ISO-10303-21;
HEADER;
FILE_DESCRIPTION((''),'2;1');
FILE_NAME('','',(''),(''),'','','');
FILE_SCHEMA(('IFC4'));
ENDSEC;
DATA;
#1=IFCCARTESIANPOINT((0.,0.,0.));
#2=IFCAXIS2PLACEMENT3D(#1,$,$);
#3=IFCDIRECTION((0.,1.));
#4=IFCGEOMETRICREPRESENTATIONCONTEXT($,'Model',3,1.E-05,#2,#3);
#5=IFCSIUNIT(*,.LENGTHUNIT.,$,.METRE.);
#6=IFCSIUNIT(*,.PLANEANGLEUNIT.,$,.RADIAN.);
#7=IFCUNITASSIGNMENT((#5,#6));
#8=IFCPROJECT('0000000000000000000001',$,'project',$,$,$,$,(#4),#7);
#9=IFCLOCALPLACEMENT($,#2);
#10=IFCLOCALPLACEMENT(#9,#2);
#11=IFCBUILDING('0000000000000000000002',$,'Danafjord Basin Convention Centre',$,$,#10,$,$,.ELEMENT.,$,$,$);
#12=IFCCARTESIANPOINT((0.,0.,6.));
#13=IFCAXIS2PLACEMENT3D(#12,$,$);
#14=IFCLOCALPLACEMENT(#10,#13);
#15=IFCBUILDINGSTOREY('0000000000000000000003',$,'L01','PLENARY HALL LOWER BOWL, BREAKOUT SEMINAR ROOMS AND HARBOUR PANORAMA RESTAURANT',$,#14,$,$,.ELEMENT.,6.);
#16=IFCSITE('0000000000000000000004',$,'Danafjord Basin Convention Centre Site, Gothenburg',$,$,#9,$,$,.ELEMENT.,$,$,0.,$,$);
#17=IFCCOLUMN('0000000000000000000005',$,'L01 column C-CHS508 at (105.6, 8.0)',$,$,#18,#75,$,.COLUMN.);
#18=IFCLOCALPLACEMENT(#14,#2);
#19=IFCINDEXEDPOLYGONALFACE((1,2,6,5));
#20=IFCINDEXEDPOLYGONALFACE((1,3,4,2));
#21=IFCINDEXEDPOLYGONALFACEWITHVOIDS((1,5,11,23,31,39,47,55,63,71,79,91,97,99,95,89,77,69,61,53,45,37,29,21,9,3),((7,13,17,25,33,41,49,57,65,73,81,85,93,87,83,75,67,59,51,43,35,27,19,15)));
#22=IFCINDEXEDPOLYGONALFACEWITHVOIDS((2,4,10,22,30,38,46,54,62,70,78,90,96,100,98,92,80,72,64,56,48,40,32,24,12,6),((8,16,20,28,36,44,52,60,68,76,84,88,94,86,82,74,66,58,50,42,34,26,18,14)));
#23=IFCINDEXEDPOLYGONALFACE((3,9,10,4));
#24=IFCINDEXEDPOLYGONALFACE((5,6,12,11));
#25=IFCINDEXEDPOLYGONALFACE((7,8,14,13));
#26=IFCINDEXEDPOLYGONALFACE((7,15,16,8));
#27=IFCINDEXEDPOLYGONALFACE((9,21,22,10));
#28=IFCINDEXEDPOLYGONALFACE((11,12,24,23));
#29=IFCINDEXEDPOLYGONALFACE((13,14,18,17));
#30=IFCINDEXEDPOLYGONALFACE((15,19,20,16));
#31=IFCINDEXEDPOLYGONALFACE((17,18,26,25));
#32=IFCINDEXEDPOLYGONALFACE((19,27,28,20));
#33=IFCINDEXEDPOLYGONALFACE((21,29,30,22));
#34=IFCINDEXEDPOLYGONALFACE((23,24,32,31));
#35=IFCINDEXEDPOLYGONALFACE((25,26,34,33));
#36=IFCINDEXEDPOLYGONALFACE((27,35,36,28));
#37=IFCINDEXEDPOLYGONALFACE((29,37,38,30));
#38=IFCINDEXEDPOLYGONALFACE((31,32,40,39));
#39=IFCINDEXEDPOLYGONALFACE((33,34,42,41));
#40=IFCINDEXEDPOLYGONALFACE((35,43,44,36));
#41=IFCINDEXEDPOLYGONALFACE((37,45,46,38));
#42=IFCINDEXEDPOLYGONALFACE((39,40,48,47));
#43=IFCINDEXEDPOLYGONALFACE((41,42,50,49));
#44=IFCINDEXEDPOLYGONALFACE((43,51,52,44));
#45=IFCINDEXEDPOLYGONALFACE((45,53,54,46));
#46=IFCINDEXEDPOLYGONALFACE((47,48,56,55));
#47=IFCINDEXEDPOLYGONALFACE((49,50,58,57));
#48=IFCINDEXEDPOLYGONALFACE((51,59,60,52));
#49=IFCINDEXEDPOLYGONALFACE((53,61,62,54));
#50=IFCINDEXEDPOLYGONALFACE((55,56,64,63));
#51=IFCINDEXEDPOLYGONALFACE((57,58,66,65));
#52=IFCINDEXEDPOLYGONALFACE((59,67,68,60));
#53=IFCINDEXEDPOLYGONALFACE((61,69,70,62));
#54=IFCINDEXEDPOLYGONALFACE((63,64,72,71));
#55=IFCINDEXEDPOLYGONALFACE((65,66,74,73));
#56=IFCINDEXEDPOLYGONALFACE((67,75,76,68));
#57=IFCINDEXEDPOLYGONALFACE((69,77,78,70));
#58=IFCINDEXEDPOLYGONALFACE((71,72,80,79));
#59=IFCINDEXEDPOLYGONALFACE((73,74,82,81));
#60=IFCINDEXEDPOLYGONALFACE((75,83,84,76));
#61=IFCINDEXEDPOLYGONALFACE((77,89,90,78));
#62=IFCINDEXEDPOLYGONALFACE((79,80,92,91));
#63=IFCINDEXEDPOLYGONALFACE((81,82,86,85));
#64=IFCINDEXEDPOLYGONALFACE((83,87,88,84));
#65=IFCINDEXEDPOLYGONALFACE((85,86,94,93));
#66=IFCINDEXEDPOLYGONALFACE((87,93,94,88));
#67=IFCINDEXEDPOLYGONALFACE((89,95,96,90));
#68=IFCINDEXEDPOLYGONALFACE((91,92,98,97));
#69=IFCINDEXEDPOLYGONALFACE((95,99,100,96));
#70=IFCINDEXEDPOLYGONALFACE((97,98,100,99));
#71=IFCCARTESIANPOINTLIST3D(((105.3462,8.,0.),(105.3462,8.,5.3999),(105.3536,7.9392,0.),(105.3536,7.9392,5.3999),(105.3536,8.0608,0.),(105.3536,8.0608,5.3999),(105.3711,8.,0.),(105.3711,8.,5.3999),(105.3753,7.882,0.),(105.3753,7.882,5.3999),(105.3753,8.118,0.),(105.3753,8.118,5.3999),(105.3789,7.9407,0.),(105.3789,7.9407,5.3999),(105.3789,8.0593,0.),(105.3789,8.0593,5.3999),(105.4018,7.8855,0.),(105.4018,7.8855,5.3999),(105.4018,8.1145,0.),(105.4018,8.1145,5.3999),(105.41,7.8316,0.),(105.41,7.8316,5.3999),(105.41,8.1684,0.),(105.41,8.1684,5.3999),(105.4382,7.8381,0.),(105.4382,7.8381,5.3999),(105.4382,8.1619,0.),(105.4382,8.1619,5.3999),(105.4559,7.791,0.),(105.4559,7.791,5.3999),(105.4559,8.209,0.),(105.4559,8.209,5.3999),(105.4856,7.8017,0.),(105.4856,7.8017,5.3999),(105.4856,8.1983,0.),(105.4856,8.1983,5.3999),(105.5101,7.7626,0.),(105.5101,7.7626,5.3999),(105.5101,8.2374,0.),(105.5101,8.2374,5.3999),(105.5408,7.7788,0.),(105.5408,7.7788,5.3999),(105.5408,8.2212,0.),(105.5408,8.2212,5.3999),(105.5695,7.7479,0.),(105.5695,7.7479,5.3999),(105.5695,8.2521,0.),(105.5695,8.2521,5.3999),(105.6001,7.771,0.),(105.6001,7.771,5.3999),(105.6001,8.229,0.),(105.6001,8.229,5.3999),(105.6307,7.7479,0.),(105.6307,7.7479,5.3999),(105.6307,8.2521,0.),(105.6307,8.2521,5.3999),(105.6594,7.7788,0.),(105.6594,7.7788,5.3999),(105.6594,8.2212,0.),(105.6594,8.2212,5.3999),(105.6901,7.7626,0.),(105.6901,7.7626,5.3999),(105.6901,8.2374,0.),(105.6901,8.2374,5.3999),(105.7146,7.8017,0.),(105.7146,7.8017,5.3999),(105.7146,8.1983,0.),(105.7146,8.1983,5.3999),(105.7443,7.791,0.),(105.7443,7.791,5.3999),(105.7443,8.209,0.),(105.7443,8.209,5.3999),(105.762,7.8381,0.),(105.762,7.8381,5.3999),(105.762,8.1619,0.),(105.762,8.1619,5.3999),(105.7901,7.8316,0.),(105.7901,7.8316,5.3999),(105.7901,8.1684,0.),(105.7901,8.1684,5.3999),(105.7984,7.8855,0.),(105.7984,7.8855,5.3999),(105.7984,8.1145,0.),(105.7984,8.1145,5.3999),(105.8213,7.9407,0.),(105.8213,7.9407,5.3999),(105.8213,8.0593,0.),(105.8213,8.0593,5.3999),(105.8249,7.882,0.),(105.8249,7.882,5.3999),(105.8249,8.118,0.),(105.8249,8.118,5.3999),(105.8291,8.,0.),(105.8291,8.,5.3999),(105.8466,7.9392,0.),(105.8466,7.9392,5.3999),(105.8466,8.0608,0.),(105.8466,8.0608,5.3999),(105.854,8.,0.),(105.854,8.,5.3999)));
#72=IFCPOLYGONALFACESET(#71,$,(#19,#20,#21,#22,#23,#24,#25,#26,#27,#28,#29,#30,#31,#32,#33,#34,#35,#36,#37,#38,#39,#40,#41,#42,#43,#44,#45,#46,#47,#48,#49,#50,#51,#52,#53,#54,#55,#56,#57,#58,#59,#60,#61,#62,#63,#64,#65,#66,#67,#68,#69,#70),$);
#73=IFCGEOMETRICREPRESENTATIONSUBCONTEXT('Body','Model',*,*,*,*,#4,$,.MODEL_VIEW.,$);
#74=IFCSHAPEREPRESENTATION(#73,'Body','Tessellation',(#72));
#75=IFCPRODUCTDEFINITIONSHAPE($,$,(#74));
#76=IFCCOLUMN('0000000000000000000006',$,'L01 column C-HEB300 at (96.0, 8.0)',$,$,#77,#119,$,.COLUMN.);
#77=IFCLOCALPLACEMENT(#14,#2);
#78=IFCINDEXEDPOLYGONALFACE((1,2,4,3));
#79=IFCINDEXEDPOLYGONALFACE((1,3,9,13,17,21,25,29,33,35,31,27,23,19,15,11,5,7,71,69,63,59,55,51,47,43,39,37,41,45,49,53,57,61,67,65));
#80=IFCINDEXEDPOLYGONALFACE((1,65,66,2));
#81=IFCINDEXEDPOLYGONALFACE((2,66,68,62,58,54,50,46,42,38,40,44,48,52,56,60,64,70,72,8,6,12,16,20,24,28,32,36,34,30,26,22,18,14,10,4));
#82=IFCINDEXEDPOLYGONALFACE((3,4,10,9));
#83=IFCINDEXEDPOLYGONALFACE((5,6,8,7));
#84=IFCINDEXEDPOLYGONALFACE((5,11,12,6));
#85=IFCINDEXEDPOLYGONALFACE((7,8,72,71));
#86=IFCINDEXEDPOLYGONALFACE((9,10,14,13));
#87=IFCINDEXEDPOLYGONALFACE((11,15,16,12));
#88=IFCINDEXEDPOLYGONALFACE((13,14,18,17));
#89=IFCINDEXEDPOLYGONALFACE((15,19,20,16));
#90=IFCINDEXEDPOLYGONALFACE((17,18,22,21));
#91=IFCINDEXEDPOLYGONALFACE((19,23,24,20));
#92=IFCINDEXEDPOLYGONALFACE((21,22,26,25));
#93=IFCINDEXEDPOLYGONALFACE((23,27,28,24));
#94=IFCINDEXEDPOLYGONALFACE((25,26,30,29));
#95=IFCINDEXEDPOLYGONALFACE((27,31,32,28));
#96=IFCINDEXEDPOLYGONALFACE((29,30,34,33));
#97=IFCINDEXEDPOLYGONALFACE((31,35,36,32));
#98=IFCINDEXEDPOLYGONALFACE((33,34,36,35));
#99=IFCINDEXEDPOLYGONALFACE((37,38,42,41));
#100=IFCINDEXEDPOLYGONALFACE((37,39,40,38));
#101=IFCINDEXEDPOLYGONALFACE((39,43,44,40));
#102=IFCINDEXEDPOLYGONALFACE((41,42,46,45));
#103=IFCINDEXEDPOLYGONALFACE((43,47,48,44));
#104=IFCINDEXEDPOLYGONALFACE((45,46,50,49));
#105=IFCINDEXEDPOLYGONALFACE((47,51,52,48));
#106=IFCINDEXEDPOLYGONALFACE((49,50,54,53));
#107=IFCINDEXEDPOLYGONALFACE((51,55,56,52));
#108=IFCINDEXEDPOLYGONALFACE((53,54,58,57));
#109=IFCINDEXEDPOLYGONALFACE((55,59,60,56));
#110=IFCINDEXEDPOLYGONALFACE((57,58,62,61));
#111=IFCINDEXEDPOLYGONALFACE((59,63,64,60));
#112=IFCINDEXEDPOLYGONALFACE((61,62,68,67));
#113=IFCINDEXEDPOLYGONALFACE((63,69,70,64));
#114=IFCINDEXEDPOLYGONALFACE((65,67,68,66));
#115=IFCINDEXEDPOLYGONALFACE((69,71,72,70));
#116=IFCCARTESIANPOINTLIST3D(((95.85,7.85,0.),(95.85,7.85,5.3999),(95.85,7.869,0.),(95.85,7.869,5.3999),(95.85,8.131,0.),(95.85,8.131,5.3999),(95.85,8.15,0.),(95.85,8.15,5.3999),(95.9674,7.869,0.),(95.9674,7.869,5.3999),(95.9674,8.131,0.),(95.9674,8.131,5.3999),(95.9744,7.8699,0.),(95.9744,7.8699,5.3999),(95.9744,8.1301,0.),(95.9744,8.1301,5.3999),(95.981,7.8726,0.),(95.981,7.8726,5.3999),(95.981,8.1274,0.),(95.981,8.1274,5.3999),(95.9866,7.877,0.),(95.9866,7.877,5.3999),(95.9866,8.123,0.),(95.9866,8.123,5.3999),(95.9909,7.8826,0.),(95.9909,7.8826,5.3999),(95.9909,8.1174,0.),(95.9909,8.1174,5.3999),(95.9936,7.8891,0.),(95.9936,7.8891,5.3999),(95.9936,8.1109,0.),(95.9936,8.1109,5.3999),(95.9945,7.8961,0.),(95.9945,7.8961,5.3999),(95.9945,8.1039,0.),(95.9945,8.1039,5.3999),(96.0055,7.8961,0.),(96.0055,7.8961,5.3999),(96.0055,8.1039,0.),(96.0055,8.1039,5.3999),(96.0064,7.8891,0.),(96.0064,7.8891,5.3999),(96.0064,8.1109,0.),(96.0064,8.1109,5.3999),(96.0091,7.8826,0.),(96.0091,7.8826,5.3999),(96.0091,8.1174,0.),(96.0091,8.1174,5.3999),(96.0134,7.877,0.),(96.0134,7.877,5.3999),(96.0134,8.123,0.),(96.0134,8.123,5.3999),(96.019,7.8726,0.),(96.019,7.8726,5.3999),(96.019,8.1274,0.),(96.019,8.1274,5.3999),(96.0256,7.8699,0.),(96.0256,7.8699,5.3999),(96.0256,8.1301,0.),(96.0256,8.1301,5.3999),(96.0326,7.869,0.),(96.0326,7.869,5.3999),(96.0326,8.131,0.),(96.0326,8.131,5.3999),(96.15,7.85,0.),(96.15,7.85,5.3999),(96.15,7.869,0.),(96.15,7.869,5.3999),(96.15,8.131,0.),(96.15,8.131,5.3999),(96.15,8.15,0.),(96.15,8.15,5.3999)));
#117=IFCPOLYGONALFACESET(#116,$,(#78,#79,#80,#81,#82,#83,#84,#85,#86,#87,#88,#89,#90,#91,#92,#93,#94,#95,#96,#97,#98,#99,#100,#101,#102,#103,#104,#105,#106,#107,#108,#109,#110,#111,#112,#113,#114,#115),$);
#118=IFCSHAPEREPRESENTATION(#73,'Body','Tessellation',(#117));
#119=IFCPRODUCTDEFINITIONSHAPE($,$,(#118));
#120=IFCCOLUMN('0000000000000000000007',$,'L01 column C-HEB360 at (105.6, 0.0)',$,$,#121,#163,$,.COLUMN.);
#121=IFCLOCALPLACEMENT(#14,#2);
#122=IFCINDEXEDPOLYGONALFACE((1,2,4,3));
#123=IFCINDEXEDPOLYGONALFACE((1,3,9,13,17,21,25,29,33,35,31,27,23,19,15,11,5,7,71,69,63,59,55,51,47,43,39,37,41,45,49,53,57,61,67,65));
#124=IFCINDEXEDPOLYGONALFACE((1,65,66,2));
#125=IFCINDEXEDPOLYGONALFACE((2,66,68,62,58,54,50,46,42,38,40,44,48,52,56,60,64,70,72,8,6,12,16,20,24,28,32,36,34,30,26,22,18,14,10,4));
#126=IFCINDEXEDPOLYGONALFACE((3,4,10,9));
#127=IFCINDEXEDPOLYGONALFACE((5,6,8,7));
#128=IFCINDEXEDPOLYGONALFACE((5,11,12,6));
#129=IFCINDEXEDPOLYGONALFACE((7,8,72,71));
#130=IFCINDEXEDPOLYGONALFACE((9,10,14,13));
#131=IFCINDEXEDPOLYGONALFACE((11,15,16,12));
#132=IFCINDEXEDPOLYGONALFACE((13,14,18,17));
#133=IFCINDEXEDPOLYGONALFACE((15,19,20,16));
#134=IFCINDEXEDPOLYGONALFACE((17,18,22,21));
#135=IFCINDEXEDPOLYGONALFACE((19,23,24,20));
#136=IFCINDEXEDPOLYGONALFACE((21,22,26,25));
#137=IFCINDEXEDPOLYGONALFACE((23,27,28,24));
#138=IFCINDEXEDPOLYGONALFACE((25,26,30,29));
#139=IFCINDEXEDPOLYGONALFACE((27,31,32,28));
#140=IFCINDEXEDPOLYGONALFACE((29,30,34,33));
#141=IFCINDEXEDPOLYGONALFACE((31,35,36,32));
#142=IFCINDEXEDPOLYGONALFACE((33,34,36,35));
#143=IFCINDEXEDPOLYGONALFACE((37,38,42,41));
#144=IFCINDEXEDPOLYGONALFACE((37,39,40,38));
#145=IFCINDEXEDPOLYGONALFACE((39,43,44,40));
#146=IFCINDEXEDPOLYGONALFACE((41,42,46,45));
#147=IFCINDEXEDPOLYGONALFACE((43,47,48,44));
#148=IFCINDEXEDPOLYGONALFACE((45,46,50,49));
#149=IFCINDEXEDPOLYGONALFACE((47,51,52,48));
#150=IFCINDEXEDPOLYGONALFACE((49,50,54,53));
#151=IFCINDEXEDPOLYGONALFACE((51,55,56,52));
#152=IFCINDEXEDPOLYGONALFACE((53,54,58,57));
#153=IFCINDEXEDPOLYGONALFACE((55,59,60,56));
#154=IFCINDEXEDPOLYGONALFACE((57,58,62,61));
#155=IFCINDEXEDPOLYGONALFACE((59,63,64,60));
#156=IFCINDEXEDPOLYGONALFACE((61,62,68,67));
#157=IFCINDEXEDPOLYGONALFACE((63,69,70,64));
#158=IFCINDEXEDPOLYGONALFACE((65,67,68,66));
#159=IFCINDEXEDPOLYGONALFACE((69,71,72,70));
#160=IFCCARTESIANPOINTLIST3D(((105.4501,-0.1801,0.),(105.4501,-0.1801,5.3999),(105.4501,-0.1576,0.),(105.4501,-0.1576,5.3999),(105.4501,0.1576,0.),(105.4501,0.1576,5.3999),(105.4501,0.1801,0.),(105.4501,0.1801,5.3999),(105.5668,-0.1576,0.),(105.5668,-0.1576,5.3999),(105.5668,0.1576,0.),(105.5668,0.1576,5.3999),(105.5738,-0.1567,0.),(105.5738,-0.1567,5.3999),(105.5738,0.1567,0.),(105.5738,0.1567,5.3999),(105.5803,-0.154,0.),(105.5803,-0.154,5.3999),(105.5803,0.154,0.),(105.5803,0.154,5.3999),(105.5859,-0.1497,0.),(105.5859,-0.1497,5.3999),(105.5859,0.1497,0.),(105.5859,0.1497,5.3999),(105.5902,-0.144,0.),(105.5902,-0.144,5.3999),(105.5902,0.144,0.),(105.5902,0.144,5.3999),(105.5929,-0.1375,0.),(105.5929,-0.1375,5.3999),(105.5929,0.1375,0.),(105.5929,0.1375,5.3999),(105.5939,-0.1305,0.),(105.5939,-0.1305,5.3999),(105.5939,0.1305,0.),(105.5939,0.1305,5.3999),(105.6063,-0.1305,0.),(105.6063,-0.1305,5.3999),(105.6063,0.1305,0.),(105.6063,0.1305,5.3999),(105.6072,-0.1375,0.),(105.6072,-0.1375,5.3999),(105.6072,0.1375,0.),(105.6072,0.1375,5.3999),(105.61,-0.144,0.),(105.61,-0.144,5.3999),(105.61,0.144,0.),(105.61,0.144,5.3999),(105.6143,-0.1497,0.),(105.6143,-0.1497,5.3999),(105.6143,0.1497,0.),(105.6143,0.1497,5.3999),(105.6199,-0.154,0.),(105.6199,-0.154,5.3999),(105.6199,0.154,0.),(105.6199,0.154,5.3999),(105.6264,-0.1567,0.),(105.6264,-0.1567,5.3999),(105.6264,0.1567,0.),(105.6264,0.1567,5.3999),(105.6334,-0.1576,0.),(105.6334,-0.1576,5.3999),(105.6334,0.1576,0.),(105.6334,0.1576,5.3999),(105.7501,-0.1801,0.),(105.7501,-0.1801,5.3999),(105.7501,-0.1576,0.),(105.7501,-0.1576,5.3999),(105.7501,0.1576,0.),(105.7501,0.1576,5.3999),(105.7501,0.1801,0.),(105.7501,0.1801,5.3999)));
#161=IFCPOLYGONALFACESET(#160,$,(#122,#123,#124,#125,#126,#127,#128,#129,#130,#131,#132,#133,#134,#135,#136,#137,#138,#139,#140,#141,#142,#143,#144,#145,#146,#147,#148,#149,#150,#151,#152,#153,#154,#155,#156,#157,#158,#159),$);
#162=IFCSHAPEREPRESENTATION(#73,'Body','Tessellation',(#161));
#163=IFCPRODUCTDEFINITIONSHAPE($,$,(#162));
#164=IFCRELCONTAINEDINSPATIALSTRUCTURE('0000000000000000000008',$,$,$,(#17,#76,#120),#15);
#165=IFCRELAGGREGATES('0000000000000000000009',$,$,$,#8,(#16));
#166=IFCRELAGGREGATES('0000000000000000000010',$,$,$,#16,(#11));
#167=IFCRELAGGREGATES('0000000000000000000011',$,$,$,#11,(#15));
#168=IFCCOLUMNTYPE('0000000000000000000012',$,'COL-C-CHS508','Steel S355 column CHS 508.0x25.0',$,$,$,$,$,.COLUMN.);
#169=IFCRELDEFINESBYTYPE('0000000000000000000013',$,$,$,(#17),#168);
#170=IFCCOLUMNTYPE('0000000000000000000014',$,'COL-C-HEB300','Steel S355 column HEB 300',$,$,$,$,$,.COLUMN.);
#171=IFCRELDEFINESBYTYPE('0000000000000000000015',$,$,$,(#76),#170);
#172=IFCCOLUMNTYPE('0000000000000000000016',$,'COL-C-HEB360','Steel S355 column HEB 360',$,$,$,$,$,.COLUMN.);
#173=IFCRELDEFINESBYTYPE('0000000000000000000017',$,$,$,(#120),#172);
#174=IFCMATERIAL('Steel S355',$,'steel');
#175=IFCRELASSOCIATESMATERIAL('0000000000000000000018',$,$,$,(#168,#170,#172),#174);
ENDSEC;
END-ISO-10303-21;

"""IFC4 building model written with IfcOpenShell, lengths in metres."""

from ifc_helpers import new_model, si_unit, direction, frame, origin, origin_2d, place, context, subcontext, project, spatial, hollow_circle, i_section, extrude, material, material_profile, profile_set, type_object, element, save


model = new_model("IFC4")

# Units and contexts
model_context = context("Model", 3, precision=1e-05, world=origin(), true_north=direction((0.0, 1.0)))
body_context = subcontext(model_context, "Body", "Model", "MODEL_VIEW")
ifc_project = project(units=[si_unit("LENGTHUNIT", "METRE"), si_unit("PLANEANGLEUNIT", "RADIAN")], contexts=[model_context])

# Site, building, storey
site_placement = place(None, origin())
site = spatial("IfcSite", under=ifc_project, at=site_placement, Name="Danafjord Basin Convention Centre Site, Gothenburg", CompositionType="ELEMENT", RefElevation=0.0)
building_placement = place(site_placement, origin())
building = spatial("IfcBuilding", under=site, at=building_placement, Name="Danafjord Basin Convention Centre", CompositionType="ELEMENT")
storey_placement = place(building_placement, frame((0.0, 0.0, 6.0)))
storey = spatial("IfcBuildingStorey", under=building, at=storey_placement, Name="L01", Description="PLENARY HALL LOWER BOWL, BREAKOUT SEMINAR ROOMS AND HARBOUR PANORAMA RESTAURANT", CompositionType="ELEMENT", Elevation=6.0)

# Columns
ifc_material_1 = material(Name="Steel S355", Category="steel")
ifc_material_profile_1 = material_profile(ifc_material_1, hollow_circle(Radius=0.2539, WallThickness=0.0249, at=origin_2d()), Name="CHS 508.0x25.0")
ifc_profile_set_1 = profile_set([ifc_material_profile_1], Name="Steel S355")
column_type_1 = type_object("IfcColumnType", Name="COL-C-CHS508", Description="Steel S355 column CHS 508.0x25.0", PredefinedType="COLUMN", material=ifc_profile_set_1)
column_1_placement = place(storey_placement, frame((105.6001, 8.0, 0.0), z_axis=(0.0, 0.0, 1.0), x_axis=(1.0, 0.0, 0.0)))
element("IfcColumn", 1, at=column_1_placement, inside=storey, type_object=column_type_1, Name="L01 column C-CHS508 at (105.6, 8.0)", PredefinedType="COLUMN", context=body_context, shape_type="SweptSolid", body=[
    extrude(hollow_circle(Radius=0.2539, WallThickness=0.0249, at=origin_2d()), origin(), (0.0, 0.0, 1.0), 5.3999),
])
ifc_material_profile_2 = material_profile(ifc_material_1, i_section(OverallWidth=0.3, OverallDepth=0.3, WebThickness=0.011, FlangeThickness=0.019, FilletRadius=0.0271, at=origin_2d()), Name="HEB 300")
ifc_profile_set_2 = profile_set([ifc_material_profile_2], Name="Steel S355")
column_type_2 = type_object("IfcColumnType", Name="COL-C-HEB300", Description="Steel S355 column HEB 300", PredefinedType="COLUMN", material=ifc_profile_set_2)
column_2_placement = place(storey_placement, frame((96.0, 8.0, 0.0), z_axis=(0.0, 0.0, 1.0), x_axis=(1.0, 0.0, 0.0)))
element("IfcColumn", 2, at=column_2_placement, inside=storey, type_object=column_type_2, Name="L01 column C-HEB300 at (96.0, 8.0)", PredefinedType="COLUMN", context=body_context, shape_type="SweptSolid", body=[
    extrude(i_section(OverallWidth=0.3, OverallDepth=0.3, WebThickness=0.011, FlangeThickness=0.019, FilletRadius=0.0271, at=origin_2d()), origin(), (0.0, 0.0, 1.0), 5.3999),
])
ifc_material_profile_3 = material_profile(ifc_material_1, i_section(OverallWidth=0.3, OverallDepth=0.3601, WebThickness=0.0125, FlangeThickness=0.0225, FilletRadius=0.0271, at=origin_2d()), Name="HEB 360")
ifc_profile_set_3 = profile_set([ifc_material_profile_3], Name="Steel S355")
column_type_3 = type_object("IfcColumnType", Name="COL-C-HEB360", Description="Steel S355 column HEB 360", PredefinedType="COLUMN", material=ifc_profile_set_3)
column_3_placement = place(storey_placement, frame((105.6001, 0.0, 0.0), z_axis=(0.0, 0.0, 1.0), x_axis=(1.0, 0.0, 0.0)))
element("IfcColumn", 3, at=column_3_placement, inside=storey, type_object=column_type_3, Name="L01 column C-HEB360 at (105.6, 0.0)", PredefinedType="COLUMN", context=body_context, shape_type="SweptSolid", body=[
    extrude(i_section(OverallWidth=0.3, OverallDepth=0.3601, WebThickness=0.0125, FlangeThickness=0.0225, FilletRadius=0.0271, at=origin_2d()), origin(), (0.0, 0.0, 1.0), 5.3999),
])

save(model, "model.ifc")
